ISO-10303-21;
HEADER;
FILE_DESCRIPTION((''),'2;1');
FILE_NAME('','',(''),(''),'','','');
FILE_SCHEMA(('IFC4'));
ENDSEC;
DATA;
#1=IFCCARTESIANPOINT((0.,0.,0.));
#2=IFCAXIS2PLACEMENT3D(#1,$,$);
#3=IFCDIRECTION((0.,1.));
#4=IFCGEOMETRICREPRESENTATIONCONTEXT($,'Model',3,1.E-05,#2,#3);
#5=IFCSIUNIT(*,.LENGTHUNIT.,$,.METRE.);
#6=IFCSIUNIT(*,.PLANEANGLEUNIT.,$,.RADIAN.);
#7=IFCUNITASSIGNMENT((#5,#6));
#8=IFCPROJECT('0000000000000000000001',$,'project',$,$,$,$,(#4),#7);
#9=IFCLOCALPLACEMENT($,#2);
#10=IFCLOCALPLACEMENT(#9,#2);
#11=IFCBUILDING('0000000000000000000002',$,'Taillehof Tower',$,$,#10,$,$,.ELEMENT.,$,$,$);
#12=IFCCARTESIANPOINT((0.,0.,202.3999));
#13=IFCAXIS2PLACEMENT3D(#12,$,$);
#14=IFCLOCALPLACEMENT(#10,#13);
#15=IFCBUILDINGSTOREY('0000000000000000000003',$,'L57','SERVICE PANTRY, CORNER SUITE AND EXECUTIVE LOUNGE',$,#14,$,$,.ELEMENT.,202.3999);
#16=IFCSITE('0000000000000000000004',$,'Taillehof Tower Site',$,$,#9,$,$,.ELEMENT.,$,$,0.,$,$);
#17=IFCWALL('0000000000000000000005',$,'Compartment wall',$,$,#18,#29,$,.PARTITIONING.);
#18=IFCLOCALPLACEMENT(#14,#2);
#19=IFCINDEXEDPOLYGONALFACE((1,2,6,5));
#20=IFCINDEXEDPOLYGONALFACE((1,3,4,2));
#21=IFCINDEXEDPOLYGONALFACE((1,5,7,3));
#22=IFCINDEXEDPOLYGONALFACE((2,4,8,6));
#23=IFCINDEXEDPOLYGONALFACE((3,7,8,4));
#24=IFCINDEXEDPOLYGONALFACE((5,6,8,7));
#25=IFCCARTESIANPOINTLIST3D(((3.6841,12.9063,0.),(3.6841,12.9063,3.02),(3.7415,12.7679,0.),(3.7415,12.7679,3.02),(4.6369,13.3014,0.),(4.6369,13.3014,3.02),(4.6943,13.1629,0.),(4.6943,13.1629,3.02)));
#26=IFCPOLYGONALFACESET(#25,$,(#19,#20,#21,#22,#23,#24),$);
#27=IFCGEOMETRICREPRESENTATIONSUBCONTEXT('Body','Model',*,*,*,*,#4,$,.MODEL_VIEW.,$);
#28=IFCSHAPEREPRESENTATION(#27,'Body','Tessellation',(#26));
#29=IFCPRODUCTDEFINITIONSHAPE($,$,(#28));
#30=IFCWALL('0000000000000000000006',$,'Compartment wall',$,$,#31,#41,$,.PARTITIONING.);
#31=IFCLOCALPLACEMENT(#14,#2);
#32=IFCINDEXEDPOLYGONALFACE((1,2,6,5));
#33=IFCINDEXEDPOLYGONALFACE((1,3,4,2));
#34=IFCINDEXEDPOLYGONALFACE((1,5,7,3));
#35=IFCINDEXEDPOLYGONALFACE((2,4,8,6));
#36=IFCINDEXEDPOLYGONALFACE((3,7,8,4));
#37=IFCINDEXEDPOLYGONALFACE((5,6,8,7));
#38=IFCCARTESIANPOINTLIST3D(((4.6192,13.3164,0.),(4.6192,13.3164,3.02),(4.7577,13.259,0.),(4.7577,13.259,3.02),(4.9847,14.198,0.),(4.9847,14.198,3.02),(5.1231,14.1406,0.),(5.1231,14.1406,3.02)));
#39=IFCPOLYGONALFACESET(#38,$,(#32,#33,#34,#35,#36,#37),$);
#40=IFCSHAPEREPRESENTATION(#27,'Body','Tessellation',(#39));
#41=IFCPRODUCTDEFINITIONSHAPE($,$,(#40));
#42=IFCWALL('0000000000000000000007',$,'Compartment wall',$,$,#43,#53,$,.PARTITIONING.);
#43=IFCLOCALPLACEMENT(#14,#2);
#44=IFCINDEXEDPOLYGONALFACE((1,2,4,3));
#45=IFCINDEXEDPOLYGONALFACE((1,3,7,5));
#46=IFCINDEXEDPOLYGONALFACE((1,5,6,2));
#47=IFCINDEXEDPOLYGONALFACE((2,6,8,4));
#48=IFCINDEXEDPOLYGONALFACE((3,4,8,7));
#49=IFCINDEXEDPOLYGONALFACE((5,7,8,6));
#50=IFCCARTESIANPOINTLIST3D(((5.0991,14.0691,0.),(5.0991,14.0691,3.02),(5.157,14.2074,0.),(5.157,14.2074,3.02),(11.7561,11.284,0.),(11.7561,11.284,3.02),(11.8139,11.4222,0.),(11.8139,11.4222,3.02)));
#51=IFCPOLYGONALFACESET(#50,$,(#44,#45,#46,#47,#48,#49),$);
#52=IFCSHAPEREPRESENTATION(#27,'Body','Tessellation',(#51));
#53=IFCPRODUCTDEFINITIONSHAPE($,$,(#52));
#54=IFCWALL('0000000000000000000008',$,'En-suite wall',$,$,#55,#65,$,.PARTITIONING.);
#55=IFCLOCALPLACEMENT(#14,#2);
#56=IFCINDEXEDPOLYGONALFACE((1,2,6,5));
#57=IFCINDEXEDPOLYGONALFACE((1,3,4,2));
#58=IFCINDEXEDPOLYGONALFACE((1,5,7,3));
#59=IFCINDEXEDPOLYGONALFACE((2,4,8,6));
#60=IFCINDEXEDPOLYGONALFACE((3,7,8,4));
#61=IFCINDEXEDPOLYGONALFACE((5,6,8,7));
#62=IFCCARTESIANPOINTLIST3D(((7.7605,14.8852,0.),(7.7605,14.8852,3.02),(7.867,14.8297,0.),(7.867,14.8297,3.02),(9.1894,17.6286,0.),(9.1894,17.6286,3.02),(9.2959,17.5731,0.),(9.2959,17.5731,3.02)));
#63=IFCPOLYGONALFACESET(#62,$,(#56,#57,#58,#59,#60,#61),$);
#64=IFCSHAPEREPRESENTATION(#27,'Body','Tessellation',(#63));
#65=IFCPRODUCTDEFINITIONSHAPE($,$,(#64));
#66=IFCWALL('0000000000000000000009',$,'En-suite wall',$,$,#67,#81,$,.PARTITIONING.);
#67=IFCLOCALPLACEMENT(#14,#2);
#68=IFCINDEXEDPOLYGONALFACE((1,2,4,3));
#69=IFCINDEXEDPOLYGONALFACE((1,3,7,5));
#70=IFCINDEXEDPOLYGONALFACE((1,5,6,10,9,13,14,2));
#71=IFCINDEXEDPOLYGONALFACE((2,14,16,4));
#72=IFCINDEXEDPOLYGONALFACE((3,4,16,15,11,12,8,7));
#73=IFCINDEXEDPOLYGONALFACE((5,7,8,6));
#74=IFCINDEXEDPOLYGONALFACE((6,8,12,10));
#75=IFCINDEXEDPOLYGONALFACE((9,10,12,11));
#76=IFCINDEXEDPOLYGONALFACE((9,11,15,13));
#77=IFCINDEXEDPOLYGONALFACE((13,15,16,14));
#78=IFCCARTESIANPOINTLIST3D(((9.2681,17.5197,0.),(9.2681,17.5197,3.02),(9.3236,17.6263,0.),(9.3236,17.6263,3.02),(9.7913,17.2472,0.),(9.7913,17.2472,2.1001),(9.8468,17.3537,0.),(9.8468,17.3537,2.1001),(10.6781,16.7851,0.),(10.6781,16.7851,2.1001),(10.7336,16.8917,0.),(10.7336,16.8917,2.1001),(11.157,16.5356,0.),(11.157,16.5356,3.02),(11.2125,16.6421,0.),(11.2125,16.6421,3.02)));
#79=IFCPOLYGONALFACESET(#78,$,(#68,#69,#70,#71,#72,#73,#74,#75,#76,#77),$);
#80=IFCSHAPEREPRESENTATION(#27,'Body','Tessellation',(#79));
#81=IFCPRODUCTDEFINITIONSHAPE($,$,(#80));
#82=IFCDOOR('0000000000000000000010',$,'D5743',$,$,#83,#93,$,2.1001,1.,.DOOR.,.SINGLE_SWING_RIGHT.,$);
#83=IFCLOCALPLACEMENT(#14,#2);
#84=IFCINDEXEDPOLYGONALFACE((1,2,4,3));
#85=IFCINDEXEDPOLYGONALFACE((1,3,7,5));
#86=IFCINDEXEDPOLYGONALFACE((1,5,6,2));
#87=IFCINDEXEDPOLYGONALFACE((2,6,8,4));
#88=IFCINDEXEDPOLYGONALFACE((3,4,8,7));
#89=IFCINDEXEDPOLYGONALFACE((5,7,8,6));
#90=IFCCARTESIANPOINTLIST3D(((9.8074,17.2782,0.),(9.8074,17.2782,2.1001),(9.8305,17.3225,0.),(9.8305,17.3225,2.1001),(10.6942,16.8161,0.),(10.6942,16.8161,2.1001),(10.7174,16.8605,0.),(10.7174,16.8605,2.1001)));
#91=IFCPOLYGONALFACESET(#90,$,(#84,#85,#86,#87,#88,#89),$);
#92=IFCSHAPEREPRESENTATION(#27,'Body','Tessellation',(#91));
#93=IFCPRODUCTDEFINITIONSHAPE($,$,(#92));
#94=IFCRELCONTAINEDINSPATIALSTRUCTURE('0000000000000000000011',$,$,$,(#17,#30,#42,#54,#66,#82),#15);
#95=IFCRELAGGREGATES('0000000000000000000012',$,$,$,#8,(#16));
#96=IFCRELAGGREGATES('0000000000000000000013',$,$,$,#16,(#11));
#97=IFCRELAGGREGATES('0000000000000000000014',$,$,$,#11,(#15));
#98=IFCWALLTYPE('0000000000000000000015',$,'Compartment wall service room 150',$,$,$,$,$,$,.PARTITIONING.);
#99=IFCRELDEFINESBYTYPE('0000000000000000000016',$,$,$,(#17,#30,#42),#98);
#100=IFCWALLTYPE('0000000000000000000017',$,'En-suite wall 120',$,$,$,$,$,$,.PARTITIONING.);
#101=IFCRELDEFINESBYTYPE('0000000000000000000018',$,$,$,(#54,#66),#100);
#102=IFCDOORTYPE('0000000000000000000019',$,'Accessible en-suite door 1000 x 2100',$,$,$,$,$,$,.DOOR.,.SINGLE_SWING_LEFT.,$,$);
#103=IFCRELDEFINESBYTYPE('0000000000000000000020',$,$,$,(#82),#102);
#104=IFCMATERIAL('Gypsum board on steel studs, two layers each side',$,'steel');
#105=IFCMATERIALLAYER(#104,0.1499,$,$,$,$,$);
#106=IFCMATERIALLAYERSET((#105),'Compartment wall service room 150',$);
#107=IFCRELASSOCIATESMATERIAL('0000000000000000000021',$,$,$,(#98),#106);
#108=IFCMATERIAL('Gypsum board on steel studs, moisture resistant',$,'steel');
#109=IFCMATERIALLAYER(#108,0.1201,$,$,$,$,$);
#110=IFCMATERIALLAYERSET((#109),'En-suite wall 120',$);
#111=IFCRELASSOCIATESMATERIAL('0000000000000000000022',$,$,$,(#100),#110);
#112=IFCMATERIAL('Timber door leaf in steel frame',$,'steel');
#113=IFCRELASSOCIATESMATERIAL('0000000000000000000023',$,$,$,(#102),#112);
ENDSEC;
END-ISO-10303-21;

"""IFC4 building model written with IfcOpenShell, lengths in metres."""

from ifc_helpers import new_model, si_unit, direction, frame, frame_2d, origin, place, context, subcontext, project, spatial, rectangle, extrude, material, layer, layer_set, type_object, element, fill, save


model = new_model("IFC4")

# Units and contexts
model_context = context("Model", 3, precision=1e-05, world=origin(), true_north=direction((0.0, 1.0)))
body_context = subcontext(model_context, "Body", "Model", "MODEL_VIEW")
ifc_project = project(units=[si_unit("LENGTHUNIT", "METRE"), si_unit("PLANEANGLEUNIT", "RADIAN")], contexts=[model_context])

# Site, building, storey
site_placement = place(None, origin())
site = spatial("IfcSite", under=ifc_project, at=site_placement, Name="Taillehof Tower Site", CompositionType="ELEMENT", RefElevation=0.0)
building_placement = place(site_placement, origin())
building = spatial("IfcBuilding", under=site, at=building_placement, Name="Taillehof Tower", CompositionType="ELEMENT")
storey_placement = place(building_placement, frame((0.0, 0.0, 202.3999)))
storey = spatial("IfcBuildingStorey", under=building, at=storey_placement, Name="L57", Description="SERVICE PANTRY, CORNER SUITE AND EXECUTIVE LOUNGE", CompositionType="ELEMENT", Elevation=202.3999)

# Walls
ifc_material_1 = material(Name="Gypsum board on steel studs, two layers each side", Category="steel")
ifc_layer_1 = layer(ifc_material_1, 0.1499)
ifc_layer_set_1 = layer_set([ifc_layer_1], Name="Compartment wall service room 150")
wall_type_1 = type_object("IfcWallType", Name="Compartment wall service room 150", PredefinedType="PARTITIONING", material=ifc_layer_set_1)
wall_1_placement = place(storey_placement, frame((3.7129, 12.8372, 0.0), z_axis=(0.0, 0.0, 1.0), x_axis=(0.923769, 0.382951, 0.0)))
element("IfcWall", 1, at=wall_1_placement, inside=storey, type_object=wall_type_1, Name="Compartment wall", PredefinedType="PARTITIONING", context=body_context, shape_type="SweptSolid", body=[
    extrude(rectangle(XDim=1.0315, YDim=0.1499, at=frame_2d((0.5156, 0.0))), origin(), (0.0, 0.0, 1.0), 3.02),
])
wall_2_placement = place(storey_placement, frame((4.6885, 13.2878, 0.0), z_axis=(0.0, 0.0, 1.0), x_axis=(0.382962, 0.923764, 0.0)))
element("IfcWall", 2, at=wall_2_placement, inside=storey, type_object=wall_type_1, Name="Compartment wall", PredefinedType="PARTITIONING", context=body_context, shape_type="SweptSolid", body=[
    extrude(rectangle(XDim=0.9543, YDim=0.1499, at=frame_2d((0.4771, 0.0))), origin(), (0.0, 0.0, 1.0), 3.02),
])
wall_3_placement = place(storey_placement, frame((5.1282, 14.1382, 0.0), z_axis=(0.0, 0.0, 1.0), x_axis=(0.922514, -0.385963, 0.0)))
element("IfcWall", 3, at=wall_3_placement, inside=storey, type_object=wall_type_1, Name="Compartment wall", PredefinedType="PARTITIONING", context=body_context, shape_type="SweptSolid", body=[
    extrude(rectangle(XDim=7.2161, YDim=0.1499, at=frame_2d((3.6079, 0.0))), origin(), (0.0, 0.0, 1.0), 3.02),
])
ifc_material_2 = material(Name="Gypsum board on steel studs, moisture resistant", Category="steel")
ifc_layer_2 = layer(ifc_material_2, 0.1201)
ifc_layer_set_2 = layer_set([ifc_layer_2], Name="En-suite wall 120")
wall_type_2 = type_object("IfcWallType", Name="En-suite wall 120", PredefinedType="PARTITIONING", material=ifc_layer_set_2)
wall_4_placement = place(storey_placement, frame((7.8137, 14.8574, 0.0), z_axis=(0.0, 0.0, 1.0), x_axis=(0.461959, 0.886901, 0.0)))
element("IfcWall", 4, at=wall_4_placement, inside=storey, type_object=wall_type_2, Name="En-suite wall", PredefinedType="PARTITIONING", context=body_context, shape_type="SweptSolid", body=[
    extrude(rectangle(XDim=3.0933, YDim=0.1201, at=frame_2d((1.5466, 0.0))), origin(), (0.0, 0.0, 1.0), 3.02),
])

# Wall, opening, door
wall_5_placement = place(storey_placement, frame((9.2959, 17.573, 0.0), z_axis=(0.0, 0.0, 1.0), x_axis=(0.886852, -0.462053, 0.0)))
wall_5 = element("IfcWall", 5, at=wall_5_placement, inside=storey, type_object=wall_type_2, Name="En-suite wall", PredefinedType="PARTITIONING", context=body_context, shape_type="SweptSolid", body=[
    extrude(rectangle(XDim=2.1299, YDim=0.1201, at=frame_2d((1.0649, 0.0))), origin(), (0.0, 0.0, 1.0), 3.02),
])
opening_1_placement = place(wall_5_placement, frame((0.5898, 0.0, 0.0)))
opening_1 = element("IfcOpeningElement", 6, at=opening_1_placement, cuts=wall_5, PredefinedType="OPENING", context=body_context, shape_type="SweptSolid", body=[
    extrude(rectangle(XDim=1.0, YDim=2.1001, at=frame_2d((0.5, 1.05))), frame((0.0, 0.0701, 0.0), z_axis=(0.0, -1.0, 0.0), x_axis=(1.0, 0.0, 0.0)), (0.0, 0.0, 1.0), 0.1401),
])
ifc_material_3 = material(Name="Timber door leaf in steel frame", Category="steel")
door_type_1 = type_object("IfcDoorType", Name="Accessible en-suite door 1000 x 2100", OperationType="SINGLE_SWING_LEFT", PredefinedType="DOOR", material=ifc_material_3)
door_1_placement = place(opening_1_placement, origin())
door_1 = element("IfcDoor", 7, at=door_1_placement, inside=storey, type_object=door_type_1, Name="D5743", OperationType="SINGLE_SWING_RIGHT", OverallHeight=2.1001, OverallWidth=1.0, PredefinedType="DOOR", context=body_context, shape_type="SweptSolid", body=[
    extrude(rectangle(XDim=1.0, YDim=2.1001, at=frame_2d((0.5, 1.05))), frame((0.0, 0.0249, 0.0), z_axis=(0.0, -1.0, 0.0), x_axis=(1.0, 0.0, 0.0)), (0.0, 0.0, 1.0), 0.05),
])
fill(opening_1, door_1)

save(model, "model.ifc")
